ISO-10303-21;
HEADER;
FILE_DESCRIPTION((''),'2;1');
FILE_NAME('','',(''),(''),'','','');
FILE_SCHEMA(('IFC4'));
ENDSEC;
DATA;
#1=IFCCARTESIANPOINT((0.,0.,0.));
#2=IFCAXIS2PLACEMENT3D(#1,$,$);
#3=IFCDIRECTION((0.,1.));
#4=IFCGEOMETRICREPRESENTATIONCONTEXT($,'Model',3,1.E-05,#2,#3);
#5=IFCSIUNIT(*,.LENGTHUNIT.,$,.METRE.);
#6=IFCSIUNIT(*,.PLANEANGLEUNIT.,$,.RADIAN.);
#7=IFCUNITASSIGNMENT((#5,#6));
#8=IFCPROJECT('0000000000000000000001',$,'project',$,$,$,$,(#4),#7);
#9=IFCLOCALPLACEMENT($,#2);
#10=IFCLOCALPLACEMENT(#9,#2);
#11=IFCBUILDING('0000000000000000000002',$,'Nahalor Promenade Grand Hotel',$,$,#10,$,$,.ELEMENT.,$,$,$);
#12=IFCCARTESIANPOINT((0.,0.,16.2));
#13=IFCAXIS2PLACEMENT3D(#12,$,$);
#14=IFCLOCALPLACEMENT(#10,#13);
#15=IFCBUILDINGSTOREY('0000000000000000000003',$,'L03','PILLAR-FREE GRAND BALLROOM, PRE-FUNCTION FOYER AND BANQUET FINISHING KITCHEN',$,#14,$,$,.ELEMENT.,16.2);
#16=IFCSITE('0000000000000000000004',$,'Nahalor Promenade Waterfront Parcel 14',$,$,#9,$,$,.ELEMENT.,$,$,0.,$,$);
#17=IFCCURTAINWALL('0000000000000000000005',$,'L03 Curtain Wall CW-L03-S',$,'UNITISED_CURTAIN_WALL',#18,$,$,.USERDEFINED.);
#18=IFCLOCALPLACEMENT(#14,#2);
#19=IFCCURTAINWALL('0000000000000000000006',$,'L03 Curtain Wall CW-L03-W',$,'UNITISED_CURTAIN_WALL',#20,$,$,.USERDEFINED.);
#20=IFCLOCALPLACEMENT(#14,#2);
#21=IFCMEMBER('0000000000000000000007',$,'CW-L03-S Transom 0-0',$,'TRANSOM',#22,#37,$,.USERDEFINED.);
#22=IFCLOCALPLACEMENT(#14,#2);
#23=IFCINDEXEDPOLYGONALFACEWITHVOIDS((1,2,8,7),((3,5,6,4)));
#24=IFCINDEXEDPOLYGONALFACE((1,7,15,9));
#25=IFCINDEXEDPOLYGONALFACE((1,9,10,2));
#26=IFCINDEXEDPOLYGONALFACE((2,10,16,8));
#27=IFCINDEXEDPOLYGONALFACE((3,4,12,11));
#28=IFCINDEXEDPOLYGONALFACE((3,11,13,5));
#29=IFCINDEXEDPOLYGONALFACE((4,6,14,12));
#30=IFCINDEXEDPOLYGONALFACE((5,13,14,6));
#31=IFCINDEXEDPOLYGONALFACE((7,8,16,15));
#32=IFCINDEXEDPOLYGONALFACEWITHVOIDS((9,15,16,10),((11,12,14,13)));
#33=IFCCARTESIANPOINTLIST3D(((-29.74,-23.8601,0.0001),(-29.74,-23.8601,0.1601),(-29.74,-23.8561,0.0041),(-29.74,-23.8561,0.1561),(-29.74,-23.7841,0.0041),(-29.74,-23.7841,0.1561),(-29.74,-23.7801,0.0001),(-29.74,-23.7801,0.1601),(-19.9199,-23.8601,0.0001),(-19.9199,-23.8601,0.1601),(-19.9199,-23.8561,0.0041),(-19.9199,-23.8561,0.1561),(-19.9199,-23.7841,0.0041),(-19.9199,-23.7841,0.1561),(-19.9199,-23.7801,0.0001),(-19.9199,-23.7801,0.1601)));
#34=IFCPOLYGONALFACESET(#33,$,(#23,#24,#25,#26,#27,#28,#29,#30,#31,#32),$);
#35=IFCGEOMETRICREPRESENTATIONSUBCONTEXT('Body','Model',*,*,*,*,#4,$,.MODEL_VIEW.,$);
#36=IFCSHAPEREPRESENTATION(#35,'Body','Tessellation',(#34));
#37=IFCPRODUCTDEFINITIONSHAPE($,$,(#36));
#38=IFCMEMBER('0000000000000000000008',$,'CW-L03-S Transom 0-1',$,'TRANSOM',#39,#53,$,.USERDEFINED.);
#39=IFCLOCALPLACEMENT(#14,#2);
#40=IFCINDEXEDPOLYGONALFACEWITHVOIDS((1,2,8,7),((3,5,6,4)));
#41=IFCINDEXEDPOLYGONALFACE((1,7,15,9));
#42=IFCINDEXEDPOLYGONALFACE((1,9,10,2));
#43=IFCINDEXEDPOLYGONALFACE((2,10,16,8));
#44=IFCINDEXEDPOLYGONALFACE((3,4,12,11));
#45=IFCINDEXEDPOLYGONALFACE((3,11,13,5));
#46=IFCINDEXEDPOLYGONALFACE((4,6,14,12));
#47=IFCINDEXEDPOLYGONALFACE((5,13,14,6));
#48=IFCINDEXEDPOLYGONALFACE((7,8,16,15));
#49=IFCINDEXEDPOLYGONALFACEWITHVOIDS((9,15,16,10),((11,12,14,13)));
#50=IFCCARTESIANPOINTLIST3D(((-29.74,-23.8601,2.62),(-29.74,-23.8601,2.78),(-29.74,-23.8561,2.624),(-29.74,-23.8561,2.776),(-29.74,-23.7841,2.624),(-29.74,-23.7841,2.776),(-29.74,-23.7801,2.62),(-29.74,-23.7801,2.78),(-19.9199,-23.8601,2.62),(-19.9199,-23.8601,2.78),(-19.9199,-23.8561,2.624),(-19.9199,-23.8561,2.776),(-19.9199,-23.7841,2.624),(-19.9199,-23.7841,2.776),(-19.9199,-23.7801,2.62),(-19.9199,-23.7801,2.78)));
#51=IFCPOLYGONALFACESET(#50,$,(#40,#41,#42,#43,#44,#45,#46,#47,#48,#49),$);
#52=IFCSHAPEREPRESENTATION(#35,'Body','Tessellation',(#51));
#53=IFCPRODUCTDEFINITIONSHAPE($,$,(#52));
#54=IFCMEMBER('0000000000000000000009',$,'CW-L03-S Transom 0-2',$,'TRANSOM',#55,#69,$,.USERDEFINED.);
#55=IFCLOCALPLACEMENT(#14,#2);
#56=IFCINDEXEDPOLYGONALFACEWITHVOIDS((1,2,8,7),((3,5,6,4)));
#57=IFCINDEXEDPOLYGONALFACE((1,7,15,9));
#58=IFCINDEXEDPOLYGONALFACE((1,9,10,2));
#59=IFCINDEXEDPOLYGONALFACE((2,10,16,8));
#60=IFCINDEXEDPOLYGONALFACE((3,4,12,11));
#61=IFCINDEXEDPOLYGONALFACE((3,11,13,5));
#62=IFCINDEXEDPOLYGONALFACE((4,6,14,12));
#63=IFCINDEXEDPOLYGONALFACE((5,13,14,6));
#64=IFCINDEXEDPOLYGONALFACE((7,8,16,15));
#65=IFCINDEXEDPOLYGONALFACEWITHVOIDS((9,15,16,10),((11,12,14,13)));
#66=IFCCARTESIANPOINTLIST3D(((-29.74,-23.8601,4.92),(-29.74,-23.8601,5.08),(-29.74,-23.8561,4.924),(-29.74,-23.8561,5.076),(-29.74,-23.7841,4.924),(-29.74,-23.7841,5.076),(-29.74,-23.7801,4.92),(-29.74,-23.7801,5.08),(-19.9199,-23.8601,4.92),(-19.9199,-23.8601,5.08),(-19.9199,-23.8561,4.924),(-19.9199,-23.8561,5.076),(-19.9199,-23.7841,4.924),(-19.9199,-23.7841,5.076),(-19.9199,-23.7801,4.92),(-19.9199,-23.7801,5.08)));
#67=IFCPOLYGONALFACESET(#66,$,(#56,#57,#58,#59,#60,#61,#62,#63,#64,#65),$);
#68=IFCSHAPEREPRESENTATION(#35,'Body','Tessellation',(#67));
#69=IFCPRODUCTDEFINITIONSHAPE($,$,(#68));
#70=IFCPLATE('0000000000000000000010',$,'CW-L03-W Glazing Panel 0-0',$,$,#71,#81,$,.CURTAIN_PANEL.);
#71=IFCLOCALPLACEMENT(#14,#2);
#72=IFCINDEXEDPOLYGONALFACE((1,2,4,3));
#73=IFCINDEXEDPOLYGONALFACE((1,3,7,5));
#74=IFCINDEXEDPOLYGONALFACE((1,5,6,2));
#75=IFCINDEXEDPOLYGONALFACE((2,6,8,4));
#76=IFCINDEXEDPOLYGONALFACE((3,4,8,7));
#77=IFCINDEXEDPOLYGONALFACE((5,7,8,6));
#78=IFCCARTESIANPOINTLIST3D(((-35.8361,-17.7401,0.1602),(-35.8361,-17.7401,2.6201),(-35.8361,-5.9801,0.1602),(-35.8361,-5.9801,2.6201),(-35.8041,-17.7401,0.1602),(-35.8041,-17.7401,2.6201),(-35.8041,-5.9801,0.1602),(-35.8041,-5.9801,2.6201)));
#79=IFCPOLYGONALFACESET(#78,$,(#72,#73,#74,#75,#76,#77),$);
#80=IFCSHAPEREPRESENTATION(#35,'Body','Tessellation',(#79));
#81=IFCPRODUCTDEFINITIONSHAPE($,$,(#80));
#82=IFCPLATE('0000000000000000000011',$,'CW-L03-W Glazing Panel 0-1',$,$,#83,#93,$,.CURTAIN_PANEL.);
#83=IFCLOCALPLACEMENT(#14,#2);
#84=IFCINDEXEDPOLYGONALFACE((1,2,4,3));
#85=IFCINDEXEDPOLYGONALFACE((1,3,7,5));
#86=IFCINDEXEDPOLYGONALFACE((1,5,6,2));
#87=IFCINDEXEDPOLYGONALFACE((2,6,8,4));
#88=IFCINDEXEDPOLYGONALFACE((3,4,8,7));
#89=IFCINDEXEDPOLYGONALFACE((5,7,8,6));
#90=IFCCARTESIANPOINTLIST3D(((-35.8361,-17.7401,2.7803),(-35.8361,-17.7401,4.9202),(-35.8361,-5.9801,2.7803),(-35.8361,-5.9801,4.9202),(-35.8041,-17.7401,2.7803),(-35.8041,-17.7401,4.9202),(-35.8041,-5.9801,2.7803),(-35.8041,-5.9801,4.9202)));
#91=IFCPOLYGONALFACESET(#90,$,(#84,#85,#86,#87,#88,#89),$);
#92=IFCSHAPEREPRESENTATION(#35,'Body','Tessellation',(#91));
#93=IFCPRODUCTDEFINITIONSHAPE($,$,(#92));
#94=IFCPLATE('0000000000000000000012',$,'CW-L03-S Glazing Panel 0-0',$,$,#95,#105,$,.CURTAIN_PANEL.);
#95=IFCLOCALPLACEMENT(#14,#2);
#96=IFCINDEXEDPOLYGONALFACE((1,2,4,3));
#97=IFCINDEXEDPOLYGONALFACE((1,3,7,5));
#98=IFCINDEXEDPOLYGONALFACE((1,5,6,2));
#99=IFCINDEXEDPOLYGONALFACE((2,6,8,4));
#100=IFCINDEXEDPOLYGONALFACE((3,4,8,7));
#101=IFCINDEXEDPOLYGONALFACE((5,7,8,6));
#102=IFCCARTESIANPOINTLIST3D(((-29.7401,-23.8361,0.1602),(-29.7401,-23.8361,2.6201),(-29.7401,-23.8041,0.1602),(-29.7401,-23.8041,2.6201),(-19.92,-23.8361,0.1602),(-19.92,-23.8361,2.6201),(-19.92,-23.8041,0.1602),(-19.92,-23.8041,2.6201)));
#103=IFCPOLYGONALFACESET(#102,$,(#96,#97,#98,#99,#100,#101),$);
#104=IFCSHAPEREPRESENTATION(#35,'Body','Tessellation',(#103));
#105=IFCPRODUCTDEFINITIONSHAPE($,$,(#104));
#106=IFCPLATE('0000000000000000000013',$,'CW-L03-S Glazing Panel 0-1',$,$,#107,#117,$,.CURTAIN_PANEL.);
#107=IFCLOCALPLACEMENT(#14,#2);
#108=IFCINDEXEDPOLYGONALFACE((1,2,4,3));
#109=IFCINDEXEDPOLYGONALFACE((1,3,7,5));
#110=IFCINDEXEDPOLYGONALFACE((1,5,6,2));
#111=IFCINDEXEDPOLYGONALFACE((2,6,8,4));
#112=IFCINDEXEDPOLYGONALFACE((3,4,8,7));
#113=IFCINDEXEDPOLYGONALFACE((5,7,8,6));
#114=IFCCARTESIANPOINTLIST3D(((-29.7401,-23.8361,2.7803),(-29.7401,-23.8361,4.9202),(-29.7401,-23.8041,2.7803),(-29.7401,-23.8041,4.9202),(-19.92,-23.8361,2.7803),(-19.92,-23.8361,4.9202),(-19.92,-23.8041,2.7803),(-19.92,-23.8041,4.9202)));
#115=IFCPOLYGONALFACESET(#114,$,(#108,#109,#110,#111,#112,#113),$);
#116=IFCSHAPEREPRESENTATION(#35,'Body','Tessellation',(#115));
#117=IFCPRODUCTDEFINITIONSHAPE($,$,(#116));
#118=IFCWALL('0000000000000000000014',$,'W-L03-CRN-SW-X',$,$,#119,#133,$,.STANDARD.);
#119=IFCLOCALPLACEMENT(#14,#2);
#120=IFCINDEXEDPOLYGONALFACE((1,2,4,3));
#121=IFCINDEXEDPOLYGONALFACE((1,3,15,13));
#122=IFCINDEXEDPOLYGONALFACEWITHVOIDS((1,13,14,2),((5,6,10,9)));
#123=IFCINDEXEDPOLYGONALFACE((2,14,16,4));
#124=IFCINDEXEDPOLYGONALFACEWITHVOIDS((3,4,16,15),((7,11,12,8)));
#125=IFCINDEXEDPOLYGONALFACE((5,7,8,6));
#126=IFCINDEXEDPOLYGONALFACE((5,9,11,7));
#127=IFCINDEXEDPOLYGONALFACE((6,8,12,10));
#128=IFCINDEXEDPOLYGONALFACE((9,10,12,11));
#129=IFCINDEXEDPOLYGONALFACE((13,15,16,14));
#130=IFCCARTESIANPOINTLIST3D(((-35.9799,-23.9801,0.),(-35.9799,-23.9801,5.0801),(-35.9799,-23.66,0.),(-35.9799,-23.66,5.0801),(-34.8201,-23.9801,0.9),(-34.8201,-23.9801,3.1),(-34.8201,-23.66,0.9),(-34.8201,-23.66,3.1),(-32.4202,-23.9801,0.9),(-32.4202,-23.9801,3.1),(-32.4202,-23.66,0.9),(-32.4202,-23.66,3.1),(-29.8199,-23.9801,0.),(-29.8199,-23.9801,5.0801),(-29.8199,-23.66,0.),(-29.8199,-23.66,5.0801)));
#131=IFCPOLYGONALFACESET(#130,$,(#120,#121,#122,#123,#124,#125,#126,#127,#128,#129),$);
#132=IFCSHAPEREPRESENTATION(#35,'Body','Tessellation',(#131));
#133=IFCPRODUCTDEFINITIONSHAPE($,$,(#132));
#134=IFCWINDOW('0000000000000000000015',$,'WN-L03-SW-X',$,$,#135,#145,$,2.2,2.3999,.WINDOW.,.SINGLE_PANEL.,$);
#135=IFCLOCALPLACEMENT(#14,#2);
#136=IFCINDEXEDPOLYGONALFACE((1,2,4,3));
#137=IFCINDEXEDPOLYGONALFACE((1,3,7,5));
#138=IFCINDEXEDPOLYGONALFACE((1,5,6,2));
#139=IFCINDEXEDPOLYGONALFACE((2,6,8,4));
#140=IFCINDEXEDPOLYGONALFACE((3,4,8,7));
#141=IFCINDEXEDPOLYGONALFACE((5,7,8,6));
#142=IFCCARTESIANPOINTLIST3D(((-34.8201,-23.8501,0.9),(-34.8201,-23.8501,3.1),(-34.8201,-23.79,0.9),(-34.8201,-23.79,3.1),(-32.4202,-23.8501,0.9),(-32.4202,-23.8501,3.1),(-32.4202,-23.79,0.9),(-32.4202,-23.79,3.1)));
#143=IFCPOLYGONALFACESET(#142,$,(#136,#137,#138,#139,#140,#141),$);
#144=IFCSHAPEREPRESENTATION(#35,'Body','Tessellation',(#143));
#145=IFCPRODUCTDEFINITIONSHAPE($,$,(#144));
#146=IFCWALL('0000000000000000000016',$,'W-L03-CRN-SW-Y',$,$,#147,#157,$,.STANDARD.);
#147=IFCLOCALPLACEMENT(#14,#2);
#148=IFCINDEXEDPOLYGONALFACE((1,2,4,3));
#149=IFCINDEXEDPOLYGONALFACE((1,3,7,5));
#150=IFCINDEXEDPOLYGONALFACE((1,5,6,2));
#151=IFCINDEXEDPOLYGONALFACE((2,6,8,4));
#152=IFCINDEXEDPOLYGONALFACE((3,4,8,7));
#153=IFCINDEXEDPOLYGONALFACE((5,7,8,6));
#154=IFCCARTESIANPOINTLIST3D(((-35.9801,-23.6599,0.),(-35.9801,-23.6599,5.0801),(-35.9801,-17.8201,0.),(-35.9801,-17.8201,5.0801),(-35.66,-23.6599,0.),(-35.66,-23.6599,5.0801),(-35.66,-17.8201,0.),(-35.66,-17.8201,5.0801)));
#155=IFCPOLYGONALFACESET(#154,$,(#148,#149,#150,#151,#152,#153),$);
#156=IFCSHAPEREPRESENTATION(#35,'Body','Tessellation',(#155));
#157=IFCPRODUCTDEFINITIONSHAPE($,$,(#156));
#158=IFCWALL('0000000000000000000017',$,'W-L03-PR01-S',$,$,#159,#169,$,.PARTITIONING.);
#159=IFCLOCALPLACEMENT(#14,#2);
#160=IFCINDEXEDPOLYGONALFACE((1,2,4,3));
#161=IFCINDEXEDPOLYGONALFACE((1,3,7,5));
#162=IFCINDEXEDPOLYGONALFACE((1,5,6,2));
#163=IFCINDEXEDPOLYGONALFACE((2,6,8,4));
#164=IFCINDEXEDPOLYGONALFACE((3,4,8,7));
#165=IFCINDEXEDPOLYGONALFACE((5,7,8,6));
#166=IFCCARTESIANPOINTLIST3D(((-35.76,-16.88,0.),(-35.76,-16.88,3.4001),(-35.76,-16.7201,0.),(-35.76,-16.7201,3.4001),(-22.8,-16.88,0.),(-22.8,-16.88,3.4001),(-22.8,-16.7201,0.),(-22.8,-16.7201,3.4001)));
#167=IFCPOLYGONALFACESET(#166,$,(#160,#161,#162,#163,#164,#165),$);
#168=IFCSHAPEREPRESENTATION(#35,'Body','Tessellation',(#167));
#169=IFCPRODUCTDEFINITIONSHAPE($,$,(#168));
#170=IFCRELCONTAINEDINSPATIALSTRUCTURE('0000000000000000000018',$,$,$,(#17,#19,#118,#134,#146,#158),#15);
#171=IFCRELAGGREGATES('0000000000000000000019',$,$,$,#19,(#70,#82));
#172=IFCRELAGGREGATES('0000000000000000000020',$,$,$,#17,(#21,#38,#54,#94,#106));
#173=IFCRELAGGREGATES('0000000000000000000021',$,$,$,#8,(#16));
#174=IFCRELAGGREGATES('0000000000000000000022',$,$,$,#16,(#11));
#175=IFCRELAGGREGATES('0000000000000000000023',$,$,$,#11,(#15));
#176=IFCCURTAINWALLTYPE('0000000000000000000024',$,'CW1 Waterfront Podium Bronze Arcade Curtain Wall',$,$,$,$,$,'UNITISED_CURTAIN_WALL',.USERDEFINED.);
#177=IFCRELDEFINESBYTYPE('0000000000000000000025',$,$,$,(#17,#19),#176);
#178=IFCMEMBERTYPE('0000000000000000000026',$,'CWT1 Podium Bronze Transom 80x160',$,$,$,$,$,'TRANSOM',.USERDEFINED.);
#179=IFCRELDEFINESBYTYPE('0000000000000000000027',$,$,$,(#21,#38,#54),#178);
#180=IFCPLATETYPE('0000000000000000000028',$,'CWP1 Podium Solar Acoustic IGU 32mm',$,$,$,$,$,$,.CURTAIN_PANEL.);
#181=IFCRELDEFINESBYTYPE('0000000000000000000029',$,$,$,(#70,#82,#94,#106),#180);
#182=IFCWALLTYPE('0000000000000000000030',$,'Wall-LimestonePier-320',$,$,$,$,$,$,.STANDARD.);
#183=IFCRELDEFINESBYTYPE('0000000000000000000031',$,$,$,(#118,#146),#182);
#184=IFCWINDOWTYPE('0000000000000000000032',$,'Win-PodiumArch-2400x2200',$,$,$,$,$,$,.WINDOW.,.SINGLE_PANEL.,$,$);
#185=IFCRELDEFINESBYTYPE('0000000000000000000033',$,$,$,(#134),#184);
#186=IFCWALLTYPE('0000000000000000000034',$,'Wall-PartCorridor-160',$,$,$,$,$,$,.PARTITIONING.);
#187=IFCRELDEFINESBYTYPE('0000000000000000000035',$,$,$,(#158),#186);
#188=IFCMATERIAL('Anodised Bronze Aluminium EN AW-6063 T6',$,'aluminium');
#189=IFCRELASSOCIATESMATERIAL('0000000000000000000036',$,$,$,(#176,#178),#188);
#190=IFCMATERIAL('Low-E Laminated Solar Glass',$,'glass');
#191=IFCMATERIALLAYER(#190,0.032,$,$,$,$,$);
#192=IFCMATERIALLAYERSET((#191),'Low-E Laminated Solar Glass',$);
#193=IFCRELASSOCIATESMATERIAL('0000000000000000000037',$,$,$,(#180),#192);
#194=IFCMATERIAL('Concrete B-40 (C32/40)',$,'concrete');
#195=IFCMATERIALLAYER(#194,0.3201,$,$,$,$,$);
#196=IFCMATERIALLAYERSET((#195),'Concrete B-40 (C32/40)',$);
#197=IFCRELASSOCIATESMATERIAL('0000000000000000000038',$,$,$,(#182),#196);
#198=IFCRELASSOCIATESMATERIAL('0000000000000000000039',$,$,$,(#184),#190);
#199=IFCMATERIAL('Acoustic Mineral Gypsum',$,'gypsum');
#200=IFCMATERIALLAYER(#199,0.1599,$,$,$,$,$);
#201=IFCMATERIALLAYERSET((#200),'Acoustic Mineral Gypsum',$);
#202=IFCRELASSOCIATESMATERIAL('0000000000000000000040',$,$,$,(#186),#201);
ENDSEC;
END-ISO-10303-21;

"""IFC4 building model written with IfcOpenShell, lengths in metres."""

from ifc_helpers import new_model, si_unit, direction, frame, frame_2d, origin, origin_2d, place, context, subcontext, project, spatial, rectangle, hollow_rectangle, extrude, source, transform, mapped, material, layer, layer_set, material_profile, profile_set, type_object, element, fill, aggregate, save


model = new_model("IFC4")

# Units and contexts
model_context = context("Model", 3, precision=1e-05, world=origin(), true_north=direction((0.0, 1.0)))
body_context = subcontext(model_context, "Body", "Model", "MODEL_VIEW")
ifc_project = project(units=[si_unit("LENGTHUNIT", "METRE"), si_unit("PLANEANGLEUNIT", "RADIAN")], contexts=[model_context])

# Site, building, storey
site_placement = place(None, origin())
site = spatial("IfcSite", under=ifc_project, at=site_placement, Name="Nahalor Promenade Waterfront Parcel 14", CompositionType="ELEMENT", RefElevation=0.0)
building_placement = place(site_placement, origin())
building = spatial("IfcBuilding", under=site, at=building_placement, Name="Nahalor Promenade Grand Hotel", CompositionType="ELEMENT")
storey_placement = place(building_placement, frame((0.0, 0.0, 16.2)))
storey = spatial("IfcBuildingStorey", under=building, at=storey_placement, Name="L03", Description="PILLAR-FREE GRAND BALLROOM, PRE-FUNCTION FOYER AND BANQUET FINISHING KITCHEN", CompositionType="ELEMENT", Elevation=16.2)

# Curtain wall
ifc_material_1 = material(Name="Anodised Bronze Aluminium EN AW-6063 T6", Category="aluminium")
curtain_wall_type = type_object("IfcCurtainWallType", Name="CW1 Waterfront Podium Bronze Arcade Curtain Wall", ElementType="UNITISED_CURTAIN_WALL", PredefinedType="USERDEFINED", material=ifc_material_1)
curtain_wall_1_placement = place(storey_placement, origin())
curtain_wall_1 = element("IfcCurtainWall", 1, at=curtain_wall_1_placement, inside=storey, type_object=curtain_wall_type, Name="L03 Curtain Wall CW-L03-S", ObjectType="UNITISED_CURTAIN_WALL", PredefinedType="USERDEFINED")

# Curtain wall
curtain_wall_2_placement = place(storey_placement, origin())
curtain_wall_2 = element("IfcCurtainWall", 2, at=curtain_wall_2_placement, inside=storey, type_object=curtain_wall_type, Name="L03 Curtain Wall CW-L03-W", ObjectType="UNITISED_CURTAIN_WALL", PredefinedType="USERDEFINED")
ifc_material_profile_1 = material_profile(ifc_material_1, hollow_rectangle(XDim=0.08, YDim=0.16, WallThickness=0.004, at=origin_2d()), Name="CWT 80x160x4")
ifc_profile_set_1 = profile_set([ifc_material_profile_1], Name="Anodised Bronze Aluminium EN AW-6063 T6")
member_type_1 = type_object("IfcMemberType", Name="CWT1 Podium Bronze Transom 80x160", ElementType="TRANSOM", PredefinedType="USERDEFINED", material=ifc_profile_set_1)

# Members
shared_shape_1 = source(origin(), body_context, "Body", "SweptSolid", [
    extrude(hollow_rectangle(XDim=0.08, YDim=0.16, WallThickness=0.004, at=origin_2d()), origin(), (0.0, 0.0, 1.0), 9.8201),
])
member_1_placement = place(storey_placement, frame((-29.74, -23.8201, 0.0801), z_axis=(1.0, 0.0, 0.0), x_axis=(0.0, 1.0, 0.0)))
member_1 = element("IfcMember", 3, at=member_1_placement, type_object=member_type_1, Name="CW-L03-S Transom 0-0", ObjectType="TRANSOM", PredefinedType="USERDEFINED", context=body_context, shape_type="MappedRepresentation", body=[
    mapped(shared_shape_1, transform((0.0, 0.0, 0.0), scale=1.0)),
])
member_2_placement = place(storey_placement, frame((-29.74, -23.8201, 2.7), z_axis=(1.0, 0.0, 0.0), x_axis=(0.0, 1.0, 0.0)))
member_2 = element("IfcMember", 4, at=member_2_placement, type_object=member_type_1, Name="CW-L03-S Transom 0-1", ObjectType="TRANSOM", PredefinedType="USERDEFINED", context=body_context, shape_type="MappedRepresentation", body=[
    mapped(shared_shape_1, transform((0.0, 0.0, 0.0), scale=1.0)),
])
member_3_placement = place(storey_placement, frame((-29.74, -23.8201, 5.0), z_axis=(1.0, 0.0, 0.0), x_axis=(0.0, 1.0, 0.0)))
member_3 = element("IfcMember", 5, at=member_3_placement, type_object=member_type_1, Name="CW-L03-S Transom 0-2", ObjectType="TRANSOM", PredefinedType="USERDEFINED", context=body_context, shape_type="MappedRepresentation", body=[
    mapped(shared_shape_1, transform((0.0, 0.0, 0.0), scale=1.0)),
])

# Plates
ifc_material_2 = material(Name="Low-E Laminated Solar Glass", Category="glass")
ifc_layer_1 = layer(ifc_material_2, 0.032)
ifc_layer_set_1 = layer_set([ifc_layer_1], Name="Low-E Laminated Solar Glass")
plate_type = type_object("IfcPlateType", Name="CWP1 Podium Solar Acoustic IGU 32mm", PredefinedType="CURTAIN_PANEL", material=ifc_layer_set_1)
shared_shape_2 = source(origin(), body_context, "Body", "SweptSolid", [
    extrude(rectangle(XDim=11.76, YDim=0.032, at=origin_2d()), origin(), (0.0, 0.0, 1.0), 2.46),
])
plate_1_placement = place(storey_placement, frame((-35.8201, -11.8601, 0.1602), z_axis=(0.0, 0.0, 1.0), x_axis=(0.0, 1.0, 0.0)))
plate_1 = element("IfcPlate", 6, at=plate_1_placement, type_object=plate_type, Name="CW-L03-W Glazing Panel 0-0", PredefinedType="CURTAIN_PANEL", context=body_context, shape_type="MappedRepresentation", body=[
    mapped(shared_shape_2, transform((0.0, 0.0, 0.0), scale=1.0)),
])
shared_shape_3 = source(origin(), body_context, "Body", "SweptSolid", [
    extrude(rectangle(XDim=11.76, YDim=0.032, at=origin_2d()), origin(), (0.0, 0.0, 1.0), 2.1399),
])
plate_2_placement = place(storey_placement, frame((-35.8201, -11.8601, 2.7803), z_axis=(0.0, 0.0, 1.0), x_axis=(0.0, 1.0, 0.0)))
plate_2 = element("IfcPlate", 7, at=plate_2_placement, type_object=plate_type, Name="CW-L03-W Glazing Panel 0-1", PredefinedType="CURTAIN_PANEL", context=body_context, shape_type="MappedRepresentation", body=[
    mapped(shared_shape_3, transform((0.0, 0.0, 0.0), scale=1.0)),
])
aggregate(curtain_wall_2, [plate_1, plate_2])
shared_shape_4 = source(origin(), body_context, "Body", "SweptSolid", [
    extrude(rectangle(XDim=9.8201, YDim=0.032, at=origin_2d()), origin(), (0.0, 0.0, 1.0), 2.46),
])
plate_3_placement = place(storey_placement, frame((-24.8301, -23.8201, 0.1602), z_axis=(0.0, 0.0, 1.0), x_axis=(1.0, 0.0, 0.0)))
plate_3 = element("IfcPlate", 8, at=plate_3_placement, type_object=plate_type, Name="CW-L03-S Glazing Panel 0-0", PredefinedType="CURTAIN_PANEL", context=body_context, shape_type="MappedRepresentation", body=[
    mapped(shared_shape_4, transform((0.0, 0.0, 0.0), scale=1.0)),
])
shared_shape_5 = source(origin(), body_context, "Body", "SweptSolid", [
    extrude(rectangle(XDim=9.8201, YDim=0.032, at=origin_2d()), origin(), (0.0, 0.0, 1.0), 2.1399),
])
plate_4_placement = place(storey_placement, frame((-24.8301, -23.8201, 2.7803), z_axis=(0.0, 0.0, 1.0), x_axis=(1.0, 0.0, 0.0)))
plate_4 = element("IfcPlate", 9, at=plate_4_placement, type_object=plate_type, Name="CW-L03-S Glazing Panel 0-1", PredefinedType="CURTAIN_PANEL", context=body_context, shape_type="MappedRepresentation", body=[
    mapped(shared_shape_5, transform((0.0, 0.0, 0.0), scale=1.0)),
])
aggregate(curtain_wall_1, [member_1, member_2, member_3, plate_3, plate_4])

# Wall, opening, window
ifc_material_3 = material(Name="Concrete B-40 (C32/40)", Category="concrete")
ifc_layer_2 = layer(ifc_material_3, 0.3201)
ifc_layer_set_2 = layer_set([ifc_layer_2], Name="Concrete B-40 (C32/40)")
wall_type_1 = type_object("IfcWallType", Name="Wall-LimestonePier-320", PredefinedType="STANDARD", material=ifc_layer_set_2)
shared_shape_6 = source(origin(), body_context, "Body", "SweptSolid", [
    extrude(rectangle(XDim=6.1599, YDim=0.3201, at=frame_2d((3.0801, 0.0))), origin(), (0.0, 0.0, 1.0), 5.0801),
])
wall_1_placement = place(storey_placement, frame((-35.98, -23.8201, 0.0), z_axis=(0.0, 0.0, 1.0), x_axis=(1.0, 0.0, 0.0)))
wall_1 = element("IfcWall", 10, at=wall_1_placement, inside=storey, type_object=wall_type_1, Name="W-L03-CRN-SW-X", PredefinedType="STANDARD", context=body_context, shape_type="MappedRepresentation", body=[
    mapped(shared_shape_6, transform((0.0, 0.0, 0.0), scale=1.0)),
])
opening_placement = place(wall_1_placement, frame((1.1599, 0.0, 0.8999)))
opening = element("IfcOpeningElement", 11, at=opening_placement, cuts=wall_1, PredefinedType="OPENING", context=body_context, shape_type="SweptSolid", body=[
    extrude(rectangle(XDim=2.3999, YDim=2.2, at=frame_2d((1.2, 1.1001))), frame((0.0, 0.1699, 0.0), z_axis=(0.0, -1.0, 0.0), x_axis=(1.0, 0.0, 0.0)), (0.0, 0.0, 1.0), 0.3401),
])
window_type = type_object("IfcWindowType", Name="Win-PodiumArch-2400x2200", PartitioningType="SINGLE_PANEL", PredefinedType="WINDOW", material=ifc_material_2)
shared_shape_7 = source(origin(), body_context, "Body", "SweptSolid", [
    extrude(rectangle(XDim=2.3999, YDim=2.2, at=frame_2d((1.2, 1.1001))), frame((0.0, 0.03, 0.0), z_axis=(0.0, -1.0, 0.0), x_axis=(1.0, 0.0, 0.0)), (0.0, 0.0, 1.0), 0.0601),
])
window_placement = place(opening_placement, origin())
window = element("IfcWindow", 12, at=window_placement, inside=storey, type_object=window_type, Name="WN-L03-SW-X", OverallHeight=2.2, OverallWidth=2.3999, PartitioningType="SINGLE_PANEL", PredefinedType="WINDOW", context=body_context, shape_type="MappedRepresentation", body=[
    mapped(shared_shape_7, transform((0.0, 0.0, 0.0), scale=1.0)),
])
fill(opening, window)

# Walls
shared_shape_8 = source(origin(), body_context, "Body", "SweptSolid", [
    extrude(rectangle(XDim=5.8398, YDim=0.3201, at=frame_2d((2.9199, 0.0))), origin(), (0.0, 0.0, 1.0), 5.0801),
])
wall_2_placement = place(storey_placement, frame((-35.8201, -23.6599, 0.0), z_axis=(0.0, 0.0, 1.0), x_axis=(0.0, 1.0, 0.0)))
element("IfcWall", 13, at=wall_2_placement, inside=storey, type_object=wall_type_1, Name="W-L03-CRN-SW-Y", PredefinedType="STANDARD", context=body_context, shape_type="MappedRepresentation", body=[
    mapped(shared_shape_8, transform((0.0, 0.0, 0.0), scale=1.0)),
])
ifc_material_4 = material(Name="Acoustic Mineral Gypsum", Category="gypsum")
ifc_layer_3 = layer(ifc_material_4, 0.1599)
ifc_layer_set_3 = layer_set([ifc_layer_3], Name="Acoustic Mineral Gypsum")
wall_type_2 = type_object("IfcWallType", Name="Wall-PartCorridor-160", PredefinedType="PARTITIONING", material=ifc_layer_set_3)
shared_shape_9 = source(origin(), body_context, "Body", "SweptSolid", [
    extrude(rectangle(XDim=12.96, YDim=0.1599, at=frame_2d((6.48, 0.0))), origin(), (0.0, 0.0, 1.0), 3.4001),
])
wall_3_placement = place(storey_placement, frame((-35.76, -16.8, 0.0), z_axis=(0.0, 0.0, 1.0), x_axis=(1.0, 0.0, 0.0)))
element("IfcWall", 14, at=wall_3_placement, inside=storey, type_object=wall_type_2, Name="W-L03-PR01-S", PredefinedType="PARTITIONING", context=body_context, shape_type="MappedRepresentation", body=[
    mapped(shared_shape_9, transform((0.0, 0.0, 0.0), scale=1.0)),
])

save(model, "model.ifc")
